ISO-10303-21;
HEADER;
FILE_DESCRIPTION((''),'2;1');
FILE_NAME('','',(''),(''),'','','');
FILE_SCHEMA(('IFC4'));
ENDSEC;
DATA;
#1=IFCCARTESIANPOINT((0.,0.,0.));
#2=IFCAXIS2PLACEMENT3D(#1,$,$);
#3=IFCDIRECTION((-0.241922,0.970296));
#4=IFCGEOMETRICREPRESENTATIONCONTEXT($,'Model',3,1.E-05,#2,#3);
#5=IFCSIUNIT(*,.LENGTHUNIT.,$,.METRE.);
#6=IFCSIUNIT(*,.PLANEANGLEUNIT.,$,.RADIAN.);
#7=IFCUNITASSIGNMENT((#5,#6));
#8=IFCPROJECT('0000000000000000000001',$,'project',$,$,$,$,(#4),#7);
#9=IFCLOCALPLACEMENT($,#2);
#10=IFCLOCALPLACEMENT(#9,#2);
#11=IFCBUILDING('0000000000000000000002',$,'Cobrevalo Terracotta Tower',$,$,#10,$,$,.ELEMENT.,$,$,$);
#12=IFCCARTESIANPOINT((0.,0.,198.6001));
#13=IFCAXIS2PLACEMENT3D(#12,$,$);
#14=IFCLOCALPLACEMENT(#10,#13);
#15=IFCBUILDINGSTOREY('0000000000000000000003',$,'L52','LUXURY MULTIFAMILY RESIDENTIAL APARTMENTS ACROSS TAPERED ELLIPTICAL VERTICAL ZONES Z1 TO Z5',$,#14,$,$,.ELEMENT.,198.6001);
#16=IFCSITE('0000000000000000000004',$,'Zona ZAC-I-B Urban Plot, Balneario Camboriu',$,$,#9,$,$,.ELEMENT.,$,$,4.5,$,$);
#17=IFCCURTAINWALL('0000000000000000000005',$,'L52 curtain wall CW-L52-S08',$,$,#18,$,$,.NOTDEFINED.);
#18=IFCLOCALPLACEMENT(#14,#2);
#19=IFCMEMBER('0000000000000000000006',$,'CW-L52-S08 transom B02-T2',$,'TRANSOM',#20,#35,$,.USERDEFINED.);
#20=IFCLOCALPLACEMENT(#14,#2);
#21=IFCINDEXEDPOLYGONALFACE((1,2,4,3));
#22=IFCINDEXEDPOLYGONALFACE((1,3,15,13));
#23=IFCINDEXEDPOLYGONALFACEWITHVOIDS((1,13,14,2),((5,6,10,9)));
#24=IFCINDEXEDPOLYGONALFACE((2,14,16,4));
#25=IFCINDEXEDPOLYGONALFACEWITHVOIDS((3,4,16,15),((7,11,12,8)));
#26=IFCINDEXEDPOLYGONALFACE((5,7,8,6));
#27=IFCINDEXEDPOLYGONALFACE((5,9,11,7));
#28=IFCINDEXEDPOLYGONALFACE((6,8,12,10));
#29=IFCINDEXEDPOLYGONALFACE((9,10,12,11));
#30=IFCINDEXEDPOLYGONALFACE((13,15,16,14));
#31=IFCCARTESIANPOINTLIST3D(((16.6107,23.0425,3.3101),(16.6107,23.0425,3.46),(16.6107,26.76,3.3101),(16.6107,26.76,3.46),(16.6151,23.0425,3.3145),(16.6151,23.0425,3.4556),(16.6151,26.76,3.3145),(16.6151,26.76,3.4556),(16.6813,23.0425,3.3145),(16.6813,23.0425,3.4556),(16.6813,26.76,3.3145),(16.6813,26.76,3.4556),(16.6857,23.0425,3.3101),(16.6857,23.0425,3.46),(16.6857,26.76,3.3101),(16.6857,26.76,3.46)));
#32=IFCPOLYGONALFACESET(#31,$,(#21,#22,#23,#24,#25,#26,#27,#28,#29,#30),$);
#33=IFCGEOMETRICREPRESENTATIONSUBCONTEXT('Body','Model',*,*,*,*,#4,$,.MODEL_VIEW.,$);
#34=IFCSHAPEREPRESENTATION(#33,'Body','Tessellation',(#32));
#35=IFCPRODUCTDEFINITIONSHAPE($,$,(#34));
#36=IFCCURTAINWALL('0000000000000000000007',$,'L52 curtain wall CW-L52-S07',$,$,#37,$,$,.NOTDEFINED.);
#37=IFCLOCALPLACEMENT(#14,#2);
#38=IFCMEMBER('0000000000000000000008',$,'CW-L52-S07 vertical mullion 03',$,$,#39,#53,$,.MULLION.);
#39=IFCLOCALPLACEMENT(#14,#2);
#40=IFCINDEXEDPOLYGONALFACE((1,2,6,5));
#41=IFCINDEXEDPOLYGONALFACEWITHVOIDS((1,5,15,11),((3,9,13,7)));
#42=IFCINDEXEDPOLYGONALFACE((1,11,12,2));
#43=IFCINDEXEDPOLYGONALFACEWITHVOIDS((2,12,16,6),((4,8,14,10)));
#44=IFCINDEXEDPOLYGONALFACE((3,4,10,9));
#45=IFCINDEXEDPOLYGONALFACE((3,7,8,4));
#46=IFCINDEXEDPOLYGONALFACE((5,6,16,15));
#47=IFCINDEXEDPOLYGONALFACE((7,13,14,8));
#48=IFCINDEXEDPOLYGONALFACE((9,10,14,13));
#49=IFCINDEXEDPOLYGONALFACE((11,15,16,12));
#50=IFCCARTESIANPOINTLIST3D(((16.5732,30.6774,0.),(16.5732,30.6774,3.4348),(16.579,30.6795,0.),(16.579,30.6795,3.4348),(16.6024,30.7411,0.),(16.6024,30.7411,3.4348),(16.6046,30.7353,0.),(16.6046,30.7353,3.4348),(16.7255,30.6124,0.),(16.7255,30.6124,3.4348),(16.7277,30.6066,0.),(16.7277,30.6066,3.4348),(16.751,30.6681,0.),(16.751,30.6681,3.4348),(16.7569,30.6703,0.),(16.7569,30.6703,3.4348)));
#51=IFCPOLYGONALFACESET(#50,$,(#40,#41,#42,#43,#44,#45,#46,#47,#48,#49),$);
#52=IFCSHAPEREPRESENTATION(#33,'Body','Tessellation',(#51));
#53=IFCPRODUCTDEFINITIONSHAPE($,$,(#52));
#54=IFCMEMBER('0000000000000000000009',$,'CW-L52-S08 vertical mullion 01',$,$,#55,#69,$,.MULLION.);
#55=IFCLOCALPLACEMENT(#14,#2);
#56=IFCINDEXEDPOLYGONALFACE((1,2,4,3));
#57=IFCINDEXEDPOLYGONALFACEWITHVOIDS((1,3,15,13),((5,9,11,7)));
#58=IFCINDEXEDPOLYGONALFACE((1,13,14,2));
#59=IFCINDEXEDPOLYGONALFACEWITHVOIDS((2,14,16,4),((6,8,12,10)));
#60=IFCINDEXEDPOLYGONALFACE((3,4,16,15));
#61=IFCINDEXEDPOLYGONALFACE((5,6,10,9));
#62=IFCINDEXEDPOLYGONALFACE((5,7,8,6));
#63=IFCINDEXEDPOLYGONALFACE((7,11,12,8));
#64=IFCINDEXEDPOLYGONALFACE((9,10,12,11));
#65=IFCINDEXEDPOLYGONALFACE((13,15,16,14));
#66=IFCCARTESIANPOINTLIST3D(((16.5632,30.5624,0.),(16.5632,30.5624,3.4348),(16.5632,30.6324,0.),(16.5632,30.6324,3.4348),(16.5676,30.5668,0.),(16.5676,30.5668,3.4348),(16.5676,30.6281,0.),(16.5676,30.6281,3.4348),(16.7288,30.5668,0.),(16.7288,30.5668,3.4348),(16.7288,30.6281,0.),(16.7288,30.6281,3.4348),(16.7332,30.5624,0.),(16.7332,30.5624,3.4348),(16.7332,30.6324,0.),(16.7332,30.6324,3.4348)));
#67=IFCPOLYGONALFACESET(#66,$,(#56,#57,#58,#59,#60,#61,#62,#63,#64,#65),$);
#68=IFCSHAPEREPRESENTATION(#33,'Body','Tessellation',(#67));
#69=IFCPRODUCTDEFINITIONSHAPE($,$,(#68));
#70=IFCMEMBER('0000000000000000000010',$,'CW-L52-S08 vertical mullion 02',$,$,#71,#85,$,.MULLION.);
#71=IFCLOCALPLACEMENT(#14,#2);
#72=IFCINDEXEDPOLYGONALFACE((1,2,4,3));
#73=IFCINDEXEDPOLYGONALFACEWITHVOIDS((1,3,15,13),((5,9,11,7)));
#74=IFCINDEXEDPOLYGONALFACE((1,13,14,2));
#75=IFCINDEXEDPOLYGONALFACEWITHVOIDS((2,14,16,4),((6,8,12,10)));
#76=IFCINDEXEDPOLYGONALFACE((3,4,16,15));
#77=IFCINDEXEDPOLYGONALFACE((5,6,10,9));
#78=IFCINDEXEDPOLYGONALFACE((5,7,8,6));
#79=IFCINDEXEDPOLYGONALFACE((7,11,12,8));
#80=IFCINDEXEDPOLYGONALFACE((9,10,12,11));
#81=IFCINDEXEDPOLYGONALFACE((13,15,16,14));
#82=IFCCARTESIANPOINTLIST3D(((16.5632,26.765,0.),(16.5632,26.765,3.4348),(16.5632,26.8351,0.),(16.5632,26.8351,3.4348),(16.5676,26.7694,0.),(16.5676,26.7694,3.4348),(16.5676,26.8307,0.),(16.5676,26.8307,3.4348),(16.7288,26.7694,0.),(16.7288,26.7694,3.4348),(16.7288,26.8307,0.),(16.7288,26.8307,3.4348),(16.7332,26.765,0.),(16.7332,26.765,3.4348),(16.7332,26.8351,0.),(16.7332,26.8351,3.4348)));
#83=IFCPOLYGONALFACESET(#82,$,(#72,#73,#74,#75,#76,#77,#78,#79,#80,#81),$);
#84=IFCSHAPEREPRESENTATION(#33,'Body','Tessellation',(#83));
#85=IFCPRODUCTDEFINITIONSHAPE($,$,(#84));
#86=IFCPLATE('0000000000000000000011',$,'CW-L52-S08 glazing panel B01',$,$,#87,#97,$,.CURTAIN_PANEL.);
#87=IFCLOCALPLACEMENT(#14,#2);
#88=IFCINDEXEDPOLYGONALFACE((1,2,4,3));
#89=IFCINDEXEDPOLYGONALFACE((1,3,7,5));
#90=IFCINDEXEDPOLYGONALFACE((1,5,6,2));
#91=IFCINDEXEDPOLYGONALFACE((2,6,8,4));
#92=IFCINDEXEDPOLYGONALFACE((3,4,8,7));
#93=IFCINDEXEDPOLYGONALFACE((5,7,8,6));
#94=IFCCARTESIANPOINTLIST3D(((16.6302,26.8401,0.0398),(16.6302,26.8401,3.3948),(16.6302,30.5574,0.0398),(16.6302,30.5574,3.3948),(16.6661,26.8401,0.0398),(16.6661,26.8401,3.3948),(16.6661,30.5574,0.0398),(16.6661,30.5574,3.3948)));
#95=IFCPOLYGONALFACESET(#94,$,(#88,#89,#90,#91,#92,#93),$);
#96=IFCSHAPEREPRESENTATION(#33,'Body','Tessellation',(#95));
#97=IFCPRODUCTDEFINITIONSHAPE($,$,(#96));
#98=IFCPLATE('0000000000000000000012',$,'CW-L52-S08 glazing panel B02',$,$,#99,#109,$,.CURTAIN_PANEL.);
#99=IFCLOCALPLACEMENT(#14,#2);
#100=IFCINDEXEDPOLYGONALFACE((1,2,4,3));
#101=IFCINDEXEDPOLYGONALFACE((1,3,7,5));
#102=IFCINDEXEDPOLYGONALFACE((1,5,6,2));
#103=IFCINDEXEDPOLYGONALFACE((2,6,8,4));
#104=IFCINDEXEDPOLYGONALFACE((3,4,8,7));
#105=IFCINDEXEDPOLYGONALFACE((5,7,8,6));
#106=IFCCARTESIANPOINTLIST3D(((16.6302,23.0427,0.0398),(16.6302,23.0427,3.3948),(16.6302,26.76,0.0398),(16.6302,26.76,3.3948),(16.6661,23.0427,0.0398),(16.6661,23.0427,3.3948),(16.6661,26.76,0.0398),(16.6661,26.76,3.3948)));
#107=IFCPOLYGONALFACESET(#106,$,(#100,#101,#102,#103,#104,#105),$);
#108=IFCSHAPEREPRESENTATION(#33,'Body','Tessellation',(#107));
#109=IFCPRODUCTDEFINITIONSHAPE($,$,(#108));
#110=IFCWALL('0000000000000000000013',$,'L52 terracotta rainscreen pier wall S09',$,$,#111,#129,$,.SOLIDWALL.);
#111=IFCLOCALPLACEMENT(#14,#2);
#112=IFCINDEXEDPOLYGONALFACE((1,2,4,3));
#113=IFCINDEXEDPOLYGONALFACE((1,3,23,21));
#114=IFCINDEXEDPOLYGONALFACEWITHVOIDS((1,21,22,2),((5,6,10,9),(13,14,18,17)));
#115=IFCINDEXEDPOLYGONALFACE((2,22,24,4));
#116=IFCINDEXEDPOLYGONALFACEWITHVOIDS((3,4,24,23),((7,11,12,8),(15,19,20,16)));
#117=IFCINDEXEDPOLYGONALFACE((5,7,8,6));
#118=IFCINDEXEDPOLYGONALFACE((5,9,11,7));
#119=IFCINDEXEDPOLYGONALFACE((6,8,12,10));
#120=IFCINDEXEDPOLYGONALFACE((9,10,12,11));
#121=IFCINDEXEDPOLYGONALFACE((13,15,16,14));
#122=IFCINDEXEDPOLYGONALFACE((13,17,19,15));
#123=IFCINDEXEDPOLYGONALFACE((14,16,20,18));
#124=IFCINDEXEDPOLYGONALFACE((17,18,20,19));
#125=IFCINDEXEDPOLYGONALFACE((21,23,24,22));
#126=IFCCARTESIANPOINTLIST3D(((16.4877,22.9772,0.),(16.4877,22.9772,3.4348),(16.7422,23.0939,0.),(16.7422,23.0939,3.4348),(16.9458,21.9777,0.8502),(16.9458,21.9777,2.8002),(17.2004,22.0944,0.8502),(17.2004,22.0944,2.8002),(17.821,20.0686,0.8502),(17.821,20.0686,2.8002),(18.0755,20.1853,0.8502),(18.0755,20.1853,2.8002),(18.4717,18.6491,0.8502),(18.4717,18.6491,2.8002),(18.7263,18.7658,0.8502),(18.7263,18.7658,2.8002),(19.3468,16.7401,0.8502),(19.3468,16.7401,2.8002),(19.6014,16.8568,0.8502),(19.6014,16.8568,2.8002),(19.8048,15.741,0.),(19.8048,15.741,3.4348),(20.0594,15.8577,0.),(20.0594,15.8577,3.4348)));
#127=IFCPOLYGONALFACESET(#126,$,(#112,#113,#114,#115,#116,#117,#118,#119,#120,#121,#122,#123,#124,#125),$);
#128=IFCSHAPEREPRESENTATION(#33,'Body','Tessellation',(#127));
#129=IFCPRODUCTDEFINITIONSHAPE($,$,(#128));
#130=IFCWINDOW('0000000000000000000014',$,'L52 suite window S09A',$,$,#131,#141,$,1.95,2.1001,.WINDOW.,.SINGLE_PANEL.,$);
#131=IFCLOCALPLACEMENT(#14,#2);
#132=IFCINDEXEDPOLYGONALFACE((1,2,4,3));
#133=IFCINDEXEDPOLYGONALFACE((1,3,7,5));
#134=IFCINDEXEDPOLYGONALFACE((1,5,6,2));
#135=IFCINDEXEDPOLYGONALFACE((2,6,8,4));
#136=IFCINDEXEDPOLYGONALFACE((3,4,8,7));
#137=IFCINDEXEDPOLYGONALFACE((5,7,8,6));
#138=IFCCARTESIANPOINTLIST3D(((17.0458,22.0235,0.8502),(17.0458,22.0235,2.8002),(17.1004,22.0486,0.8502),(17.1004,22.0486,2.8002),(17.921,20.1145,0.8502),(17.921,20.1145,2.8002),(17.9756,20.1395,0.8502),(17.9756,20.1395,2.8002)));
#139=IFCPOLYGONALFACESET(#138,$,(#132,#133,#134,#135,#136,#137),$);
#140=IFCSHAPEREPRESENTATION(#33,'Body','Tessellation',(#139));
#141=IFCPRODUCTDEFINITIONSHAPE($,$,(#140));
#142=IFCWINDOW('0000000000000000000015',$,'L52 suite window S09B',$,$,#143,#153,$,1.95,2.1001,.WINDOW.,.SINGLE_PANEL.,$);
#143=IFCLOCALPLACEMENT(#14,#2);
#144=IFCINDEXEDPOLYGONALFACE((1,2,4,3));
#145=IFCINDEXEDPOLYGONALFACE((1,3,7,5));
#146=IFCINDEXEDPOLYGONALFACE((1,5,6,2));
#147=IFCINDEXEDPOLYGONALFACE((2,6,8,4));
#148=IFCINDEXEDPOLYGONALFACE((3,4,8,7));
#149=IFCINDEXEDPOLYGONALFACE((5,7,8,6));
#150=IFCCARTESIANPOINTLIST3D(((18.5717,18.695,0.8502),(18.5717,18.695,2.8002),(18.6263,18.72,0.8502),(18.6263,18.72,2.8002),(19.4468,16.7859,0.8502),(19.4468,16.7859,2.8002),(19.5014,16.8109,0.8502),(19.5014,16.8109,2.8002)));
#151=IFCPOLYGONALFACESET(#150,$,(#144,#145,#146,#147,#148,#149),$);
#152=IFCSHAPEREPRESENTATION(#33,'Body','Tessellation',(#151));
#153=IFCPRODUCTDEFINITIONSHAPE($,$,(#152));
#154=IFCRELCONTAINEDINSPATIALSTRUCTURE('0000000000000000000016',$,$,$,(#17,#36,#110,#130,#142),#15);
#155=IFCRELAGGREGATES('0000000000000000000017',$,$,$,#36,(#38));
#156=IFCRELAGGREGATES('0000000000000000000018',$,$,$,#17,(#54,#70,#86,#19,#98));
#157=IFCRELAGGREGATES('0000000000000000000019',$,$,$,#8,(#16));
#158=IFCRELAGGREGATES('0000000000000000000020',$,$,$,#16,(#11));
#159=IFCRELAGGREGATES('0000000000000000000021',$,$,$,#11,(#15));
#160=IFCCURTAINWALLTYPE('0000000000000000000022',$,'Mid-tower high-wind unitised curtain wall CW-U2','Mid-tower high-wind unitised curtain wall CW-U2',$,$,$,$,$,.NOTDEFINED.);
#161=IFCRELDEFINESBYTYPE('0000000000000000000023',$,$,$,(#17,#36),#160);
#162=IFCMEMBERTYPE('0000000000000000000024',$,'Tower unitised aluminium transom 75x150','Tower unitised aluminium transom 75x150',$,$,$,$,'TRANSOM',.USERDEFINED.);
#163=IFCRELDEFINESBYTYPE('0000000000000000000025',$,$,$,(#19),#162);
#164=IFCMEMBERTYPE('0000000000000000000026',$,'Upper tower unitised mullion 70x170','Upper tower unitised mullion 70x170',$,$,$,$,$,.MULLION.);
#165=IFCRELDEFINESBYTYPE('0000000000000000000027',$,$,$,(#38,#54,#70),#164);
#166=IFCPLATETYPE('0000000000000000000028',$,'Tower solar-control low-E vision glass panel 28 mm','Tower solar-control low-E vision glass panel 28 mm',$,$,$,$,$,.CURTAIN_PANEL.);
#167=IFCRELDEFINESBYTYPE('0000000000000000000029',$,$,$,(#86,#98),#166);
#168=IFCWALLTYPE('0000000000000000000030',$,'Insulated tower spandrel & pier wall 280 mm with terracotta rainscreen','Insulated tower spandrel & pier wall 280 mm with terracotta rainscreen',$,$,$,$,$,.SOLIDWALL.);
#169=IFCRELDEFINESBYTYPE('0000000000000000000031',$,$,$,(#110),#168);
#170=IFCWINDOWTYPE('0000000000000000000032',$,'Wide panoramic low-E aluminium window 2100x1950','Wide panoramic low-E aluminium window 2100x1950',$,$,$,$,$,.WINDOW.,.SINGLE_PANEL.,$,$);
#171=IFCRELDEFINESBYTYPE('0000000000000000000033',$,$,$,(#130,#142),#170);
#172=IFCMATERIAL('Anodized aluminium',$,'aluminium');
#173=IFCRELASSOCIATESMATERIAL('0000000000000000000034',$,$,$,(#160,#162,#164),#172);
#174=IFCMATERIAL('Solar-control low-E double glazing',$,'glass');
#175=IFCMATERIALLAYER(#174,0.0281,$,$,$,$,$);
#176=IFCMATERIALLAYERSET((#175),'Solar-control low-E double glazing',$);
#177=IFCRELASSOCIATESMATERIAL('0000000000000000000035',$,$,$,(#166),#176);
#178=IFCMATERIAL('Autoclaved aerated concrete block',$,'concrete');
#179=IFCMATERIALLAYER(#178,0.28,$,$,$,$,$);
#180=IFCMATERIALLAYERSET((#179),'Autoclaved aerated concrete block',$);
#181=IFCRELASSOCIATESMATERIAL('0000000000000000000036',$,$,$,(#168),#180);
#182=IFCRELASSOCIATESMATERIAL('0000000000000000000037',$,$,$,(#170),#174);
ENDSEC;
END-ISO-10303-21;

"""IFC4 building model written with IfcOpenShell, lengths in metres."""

from ifc_helpers import new_model, si_unit, direction, frame, frame_2d, origin, origin_2d, place, context, subcontext, project, spatial, rectangle, hollow_rectangle, extrude, source, transform, mapped, material, layer, layer_set, material_profile, profile_set, type_object, element, fill, aggregate, save


model = new_model("IFC4")

# Units and contexts
model_context = context("Model", 3, precision=1e-05, world=origin(), true_north=direction((-0.241922, 0.970296)))
body_context = subcontext(model_context, "Body", "Model", "MODEL_VIEW")
ifc_project = project(units=[si_unit("LENGTHUNIT", "METRE"), si_unit("PLANEANGLEUNIT", "RADIAN")], contexts=[model_context])

# Site, building, storey
site_placement = place(None, origin())
site = spatial("IfcSite", under=ifc_project, at=site_placement, Name="Zona ZAC-I-B Urban Plot, Balneario Camboriu", CompositionType="ELEMENT", RefElevation=4.5)
building_placement = place(site_placement, origin())
building = spatial("IfcBuilding", under=site, at=building_placement, Name="Cobrevalo Terracotta Tower", CompositionType="ELEMENT")
storey_placement = place(building_placement, frame((0.0, 0.0, 198.6001)))
storey = spatial("IfcBuildingStorey", under=building, at=storey_placement, Name="L52", Description="LUXURY MULTIFAMILY RESIDENTIAL APARTMENTS ACROSS TAPERED ELLIPTICAL VERTICAL ZONES Z1 TO Z5", CompositionType="ELEMENT", Elevation=198.6001)

# Curtain wall, member
ifc_material_1 = material(Name="Anodized aluminium", Category="aluminium")
curtain_wall_type = type_object("IfcCurtainWallType", Name="Mid-tower high-wind unitised curtain wall CW-U2", Description="Mid-tower high-wind unitised curtain wall CW-U2", PredefinedType="NOTDEFINED", material=ifc_material_1)
curtain_wall_1_placement = place(storey_placement, origin())
curtain_wall_1 = element("IfcCurtainWall", 1, at=curtain_wall_1_placement, inside=storey, type_object=curtain_wall_type, Name="L52 curtain wall CW-L52-S08", PredefinedType="NOTDEFINED")
ifc_material_profile_1 = material_profile(ifc_material_1, hollow_rectangle(XDim=0.075, YDim=0.1499, WallThickness=0.0044, at=origin_2d()), Name="CWT 75x150")
ifc_profile_set_1 = profile_set([ifc_material_profile_1], Name="Anodized aluminium")
member_type_1 = type_object("IfcMemberType", Name="Tower unitised aluminium transom 75x150", Description="Tower unitised aluminium transom 75x150", ElementType="TRANSOM", PredefinedType="USERDEFINED", material=ifc_profile_set_1)
shared_shape_1 = source(origin(), body_context, "Body", "SweptSolid", [
    extrude(hollow_rectangle(XDim=0.075, YDim=0.1499, WallThickness=0.0044, at=origin_2d()), origin(), (0.0, 0.0, 1.0), 3.7175),
])
member_1_placement = place(storey_placement, frame((16.6482, 26.76, 3.385), z_axis=(0.0, -1.0, 0.0), x_axis=(1.0, 0.0, 0.0)))
member_1 = element("IfcMember", 2, at=member_1_placement, type_object=member_type_1, Name="CW-L52-S08 transom B02-T2", ObjectType="TRANSOM", PredefinedType="USERDEFINED", context=body_context, shape_type="MappedRepresentation", body=[
    mapped(shared_shape_1, transform((0.0, 0.0, 0.0), scale=1.0)),
])

# Curtain wall, member
curtain_wall_2_placement = place(storey_placement, origin())
curtain_wall_2 = element("IfcCurtainWall", 3, at=curtain_wall_2_placement, inside=storey, type_object=curtain_wall_type, Name="L52 curtain wall CW-L52-S07", PredefinedType="NOTDEFINED")
ifc_material_profile_2 = material_profile(ifc_material_1, hollow_rectangle(XDim=0.0701, YDim=0.1699, WallThickness=0.0044, at=origin_2d()), Name="CWM 70x170")
ifc_profile_set_2 = profile_set([ifc_material_profile_2], Name="Anodized aluminium")
member_type_2 = type_object("IfcMemberType", Name="Upper tower unitised mullion 70x170", Description="Upper tower unitised mullion 70x170", PredefinedType="MULLION", material=ifc_profile_set_2)
shared_shape_2 = source(origin(), body_context, "Body", "SweptSolid", [
    extrude(hollow_rectangle(XDim=0.0701, YDim=0.1699, WallThickness=0.0044, at=origin_2d()), origin(), (0.0, 0.0, 1.0), 3.4348),
])
member_2_placement = place(storey_placement, frame((16.665, 30.6738, 0.0), z_axis=(0.0, 0.0, 1.0), x_axis=(-0.416725, -0.909033, 0.0)))
member_2 = element("IfcMember", 4, at=member_2_placement, type_object=member_type_2, Name="CW-L52-S07 vertical mullion 03", PredefinedType="MULLION", context=body_context, shape_type="MappedRepresentation", body=[
    mapped(shared_shape_2, transform((0.0, 0.0, 0.0), scale=1.0)),
])
aggregate(curtain_wall_2, [member_2])

# Members
member_3_placement = place(storey_placement, frame((16.6482, 30.5974, 0.0), z_axis=(0.0, 0.0, 1.0), x_axis=(0.0, -1.0, 0.0)))
member_3 = element("IfcMember", 5, at=member_3_placement, type_object=member_type_2, Name="CW-L52-S08 vertical mullion 01", PredefinedType="MULLION", context=body_context, shape_type="MappedRepresentation", body=[
    mapped(shared_shape_2, transform((0.0, 0.0, 0.0), scale=1.0)),
])
member_4_placement = place(storey_placement, frame((16.6482, 26.8, 0.0), z_axis=(0.0, 0.0, 1.0), x_axis=(0.0, -1.0, 0.0)))
member_4 = element("IfcMember", 6, at=member_4_placement, type_object=member_type_2, Name="CW-L52-S08 vertical mullion 02", PredefinedType="MULLION", context=body_context, shape_type="MappedRepresentation", body=[
    mapped(shared_shape_2, transform((0.0, 0.0, 0.0), scale=1.0)),
])

# Plates
ifc_material_2 = material(Name="Solar-control low-E double glazing", Category="glass")
ifc_layer_1 = layer(ifc_material_2, 0.0281)
ifc_layer_set_1 = layer_set([ifc_layer_1], Name="Solar-control low-E double glazing")
plate_type = type_object("IfcPlateType", Name="Tower solar-control low-E vision glass panel 28 mm", Description="Tower solar-control low-E vision glass panel 28 mm", PredefinedType="CURTAIN_PANEL", material=ifc_layer_set_1)
shared_shape_3 = source(origin(), body_context, "Body", "SweptSolid", [
    extrude(rectangle(XDim=3.7173, YDim=0.0359, at=origin_2d()), origin(), (0.0, 0.0, 1.0), 3.355),
])
plate_1_placement = place(storey_placement, frame((16.6482, 28.6987, 0.0398), z_axis=(0.0, 0.0, 1.0), x_axis=(0.0, -1.0, 0.0)))
plate_1 = element("IfcPlate", 7, at=plate_1_placement, type_object=plate_type, Name="CW-L52-S08 glazing panel B01", PredefinedType="CURTAIN_PANEL", context=body_context, shape_type="MappedRepresentation", body=[
    mapped(shared_shape_3, transform((0.0, 0.0, 0.0), scale=1.0)),
])
plate_2_placement = place(storey_placement, frame((16.6482, 24.9014, 0.0398), z_axis=(0.0, 0.0, 1.0), x_axis=(0.0, -1.0, 0.0)))
plate_2 = element("IfcPlate", 8, at=plate_2_placement, type_object=plate_type, Name="CW-L52-S08 glazing panel B02", PredefinedType="CURTAIN_PANEL", context=body_context, shape_type="MappedRepresentation", body=[
    mapped(shared_shape_3, transform((0.0, 0.0, 0.0), scale=1.0)),
])
aggregate(curtain_wall_1, [member_3, member_4, plate_1, member_1, plate_2])

# Wall, openings, windows
ifc_material_3 = material(Name="Autoclaved aerated concrete block", Category="concrete")
ifc_layer_2 = layer(ifc_material_3, 0.28)
ifc_layer_set_2 = layer_set([ifc_layer_2], Name="Autoclaved aerated concrete block")
wall_type_1 = type_object("IfcWallType", Name="Insulated tower spandrel & pier wall 280 mm with terracotta rainscreen", Description="Insulated tower spandrel & pier wall 280 mm with terracotta rainscreen", PredefinedType="SOLIDWALL", material=ifc_layer_set_2)
wall_1_placement = place(storey_placement, frame((16.615, 23.0354, 0.0), z_axis=(0.0, 0.0, 1.0), x_axis=(0.416717, -0.909036, 0.0)))
wall_1 = element("IfcWall", 9, at=wall_1_placement, inside=storey, type_object=wall_type_1, Name="L52 terracotta rainscreen pier wall S09", PredefinedType="SOLIDWALL", context=body_context, shape_type="SweptSolid", body=[
    extrude(rectangle(XDim=7.9602, YDim=0.28, at=frame_2d((3.98, 0.0))), origin(), (0.0, 0.0, 1.0), 3.4348),
])
opening_1_placement = place(wall_1_placement, frame((1.0994, 0.0, 0.8501)))
opening_1 = element("IfcOpeningElement", 10, at=opening_1_placement, cuts=wall_1, PredefinedType="OPENING", context=body_context, shape_type="SweptSolid", body=[
    extrude(rectangle(XDim=2.1001, YDim=1.95, at=frame_2d((1.05, 0.9751))), frame((0.0, 0.1499, 0.0), z_axis=(0.0, -1.0, 0.0), x_axis=(1.0, 0.0, 0.0)), (0.0, 0.0, 1.0), 0.3),
])
opening_2_placement = place(wall_1_placement, frame((4.761, 0.0, 0.8501)))
opening_2 = element("IfcOpeningElement", 11, at=opening_2_placement, cuts=wall_1, PredefinedType="OPENING", context=body_context, shape_type="SweptSolid", body=[
    extrude(rectangle(XDim=2.1001, YDim=1.95, at=frame_2d((1.05, 0.9751))), frame((0.0, 0.1499, 0.0), z_axis=(0.0, -1.0, 0.0), x_axis=(1.0, 0.0, 0.0)), (0.0, 0.0, 1.0), 0.3),
])
window_type = type_object("IfcWindowType", Name="Wide panoramic low-E aluminium window 2100x1950", Description="Wide panoramic low-E aluminium window 2100x1950", PartitioningType="SINGLE_PANEL", PredefinedType="WINDOW", material=ifc_material_2)
shared_shape_4 = source(origin(), body_context, "Body", "SweptSolid", [
    extrude(rectangle(XDim=2.1001, YDim=1.95, at=frame_2d((1.05, 0.9751))), frame((0.0, 0.03, 0.0), z_axis=(0.0, -1.0, 0.0), x_axis=(1.0, 0.0, 0.0)), (0.0, 0.0, 1.0), 0.0601),
])
window_1_placement = place(opening_1_placement, origin())
window_1 = element("IfcWindow", 12, at=window_1_placement, inside=storey, type_object=window_type, Name="L52 suite window S09A", OverallHeight=1.95, OverallWidth=2.1001, PartitioningType="SINGLE_PANEL", PredefinedType="WINDOW", context=body_context, shape_type="MappedRepresentation", body=[
    mapped(shared_shape_4, transform((0.0, 0.0, 0.0), scale=1.0)),
])
fill(opening_1, window_1)
window_2_placement = place(opening_2_placement, origin())
window_2 = element("IfcWindow", 13, at=window_2_placement, inside=storey, type_object=window_type, Name="L52 suite window S09B", OverallHeight=1.95, OverallWidth=2.1001, PartitioningType="SINGLE_PANEL", PredefinedType="WINDOW", context=body_context, shape_type="MappedRepresentation", body=[
    mapped(shared_shape_4, transform((0.0, 0.0, 0.0), scale=1.0)),
])
fill(opening_2, window_2)

save(model, "model.ifc")
